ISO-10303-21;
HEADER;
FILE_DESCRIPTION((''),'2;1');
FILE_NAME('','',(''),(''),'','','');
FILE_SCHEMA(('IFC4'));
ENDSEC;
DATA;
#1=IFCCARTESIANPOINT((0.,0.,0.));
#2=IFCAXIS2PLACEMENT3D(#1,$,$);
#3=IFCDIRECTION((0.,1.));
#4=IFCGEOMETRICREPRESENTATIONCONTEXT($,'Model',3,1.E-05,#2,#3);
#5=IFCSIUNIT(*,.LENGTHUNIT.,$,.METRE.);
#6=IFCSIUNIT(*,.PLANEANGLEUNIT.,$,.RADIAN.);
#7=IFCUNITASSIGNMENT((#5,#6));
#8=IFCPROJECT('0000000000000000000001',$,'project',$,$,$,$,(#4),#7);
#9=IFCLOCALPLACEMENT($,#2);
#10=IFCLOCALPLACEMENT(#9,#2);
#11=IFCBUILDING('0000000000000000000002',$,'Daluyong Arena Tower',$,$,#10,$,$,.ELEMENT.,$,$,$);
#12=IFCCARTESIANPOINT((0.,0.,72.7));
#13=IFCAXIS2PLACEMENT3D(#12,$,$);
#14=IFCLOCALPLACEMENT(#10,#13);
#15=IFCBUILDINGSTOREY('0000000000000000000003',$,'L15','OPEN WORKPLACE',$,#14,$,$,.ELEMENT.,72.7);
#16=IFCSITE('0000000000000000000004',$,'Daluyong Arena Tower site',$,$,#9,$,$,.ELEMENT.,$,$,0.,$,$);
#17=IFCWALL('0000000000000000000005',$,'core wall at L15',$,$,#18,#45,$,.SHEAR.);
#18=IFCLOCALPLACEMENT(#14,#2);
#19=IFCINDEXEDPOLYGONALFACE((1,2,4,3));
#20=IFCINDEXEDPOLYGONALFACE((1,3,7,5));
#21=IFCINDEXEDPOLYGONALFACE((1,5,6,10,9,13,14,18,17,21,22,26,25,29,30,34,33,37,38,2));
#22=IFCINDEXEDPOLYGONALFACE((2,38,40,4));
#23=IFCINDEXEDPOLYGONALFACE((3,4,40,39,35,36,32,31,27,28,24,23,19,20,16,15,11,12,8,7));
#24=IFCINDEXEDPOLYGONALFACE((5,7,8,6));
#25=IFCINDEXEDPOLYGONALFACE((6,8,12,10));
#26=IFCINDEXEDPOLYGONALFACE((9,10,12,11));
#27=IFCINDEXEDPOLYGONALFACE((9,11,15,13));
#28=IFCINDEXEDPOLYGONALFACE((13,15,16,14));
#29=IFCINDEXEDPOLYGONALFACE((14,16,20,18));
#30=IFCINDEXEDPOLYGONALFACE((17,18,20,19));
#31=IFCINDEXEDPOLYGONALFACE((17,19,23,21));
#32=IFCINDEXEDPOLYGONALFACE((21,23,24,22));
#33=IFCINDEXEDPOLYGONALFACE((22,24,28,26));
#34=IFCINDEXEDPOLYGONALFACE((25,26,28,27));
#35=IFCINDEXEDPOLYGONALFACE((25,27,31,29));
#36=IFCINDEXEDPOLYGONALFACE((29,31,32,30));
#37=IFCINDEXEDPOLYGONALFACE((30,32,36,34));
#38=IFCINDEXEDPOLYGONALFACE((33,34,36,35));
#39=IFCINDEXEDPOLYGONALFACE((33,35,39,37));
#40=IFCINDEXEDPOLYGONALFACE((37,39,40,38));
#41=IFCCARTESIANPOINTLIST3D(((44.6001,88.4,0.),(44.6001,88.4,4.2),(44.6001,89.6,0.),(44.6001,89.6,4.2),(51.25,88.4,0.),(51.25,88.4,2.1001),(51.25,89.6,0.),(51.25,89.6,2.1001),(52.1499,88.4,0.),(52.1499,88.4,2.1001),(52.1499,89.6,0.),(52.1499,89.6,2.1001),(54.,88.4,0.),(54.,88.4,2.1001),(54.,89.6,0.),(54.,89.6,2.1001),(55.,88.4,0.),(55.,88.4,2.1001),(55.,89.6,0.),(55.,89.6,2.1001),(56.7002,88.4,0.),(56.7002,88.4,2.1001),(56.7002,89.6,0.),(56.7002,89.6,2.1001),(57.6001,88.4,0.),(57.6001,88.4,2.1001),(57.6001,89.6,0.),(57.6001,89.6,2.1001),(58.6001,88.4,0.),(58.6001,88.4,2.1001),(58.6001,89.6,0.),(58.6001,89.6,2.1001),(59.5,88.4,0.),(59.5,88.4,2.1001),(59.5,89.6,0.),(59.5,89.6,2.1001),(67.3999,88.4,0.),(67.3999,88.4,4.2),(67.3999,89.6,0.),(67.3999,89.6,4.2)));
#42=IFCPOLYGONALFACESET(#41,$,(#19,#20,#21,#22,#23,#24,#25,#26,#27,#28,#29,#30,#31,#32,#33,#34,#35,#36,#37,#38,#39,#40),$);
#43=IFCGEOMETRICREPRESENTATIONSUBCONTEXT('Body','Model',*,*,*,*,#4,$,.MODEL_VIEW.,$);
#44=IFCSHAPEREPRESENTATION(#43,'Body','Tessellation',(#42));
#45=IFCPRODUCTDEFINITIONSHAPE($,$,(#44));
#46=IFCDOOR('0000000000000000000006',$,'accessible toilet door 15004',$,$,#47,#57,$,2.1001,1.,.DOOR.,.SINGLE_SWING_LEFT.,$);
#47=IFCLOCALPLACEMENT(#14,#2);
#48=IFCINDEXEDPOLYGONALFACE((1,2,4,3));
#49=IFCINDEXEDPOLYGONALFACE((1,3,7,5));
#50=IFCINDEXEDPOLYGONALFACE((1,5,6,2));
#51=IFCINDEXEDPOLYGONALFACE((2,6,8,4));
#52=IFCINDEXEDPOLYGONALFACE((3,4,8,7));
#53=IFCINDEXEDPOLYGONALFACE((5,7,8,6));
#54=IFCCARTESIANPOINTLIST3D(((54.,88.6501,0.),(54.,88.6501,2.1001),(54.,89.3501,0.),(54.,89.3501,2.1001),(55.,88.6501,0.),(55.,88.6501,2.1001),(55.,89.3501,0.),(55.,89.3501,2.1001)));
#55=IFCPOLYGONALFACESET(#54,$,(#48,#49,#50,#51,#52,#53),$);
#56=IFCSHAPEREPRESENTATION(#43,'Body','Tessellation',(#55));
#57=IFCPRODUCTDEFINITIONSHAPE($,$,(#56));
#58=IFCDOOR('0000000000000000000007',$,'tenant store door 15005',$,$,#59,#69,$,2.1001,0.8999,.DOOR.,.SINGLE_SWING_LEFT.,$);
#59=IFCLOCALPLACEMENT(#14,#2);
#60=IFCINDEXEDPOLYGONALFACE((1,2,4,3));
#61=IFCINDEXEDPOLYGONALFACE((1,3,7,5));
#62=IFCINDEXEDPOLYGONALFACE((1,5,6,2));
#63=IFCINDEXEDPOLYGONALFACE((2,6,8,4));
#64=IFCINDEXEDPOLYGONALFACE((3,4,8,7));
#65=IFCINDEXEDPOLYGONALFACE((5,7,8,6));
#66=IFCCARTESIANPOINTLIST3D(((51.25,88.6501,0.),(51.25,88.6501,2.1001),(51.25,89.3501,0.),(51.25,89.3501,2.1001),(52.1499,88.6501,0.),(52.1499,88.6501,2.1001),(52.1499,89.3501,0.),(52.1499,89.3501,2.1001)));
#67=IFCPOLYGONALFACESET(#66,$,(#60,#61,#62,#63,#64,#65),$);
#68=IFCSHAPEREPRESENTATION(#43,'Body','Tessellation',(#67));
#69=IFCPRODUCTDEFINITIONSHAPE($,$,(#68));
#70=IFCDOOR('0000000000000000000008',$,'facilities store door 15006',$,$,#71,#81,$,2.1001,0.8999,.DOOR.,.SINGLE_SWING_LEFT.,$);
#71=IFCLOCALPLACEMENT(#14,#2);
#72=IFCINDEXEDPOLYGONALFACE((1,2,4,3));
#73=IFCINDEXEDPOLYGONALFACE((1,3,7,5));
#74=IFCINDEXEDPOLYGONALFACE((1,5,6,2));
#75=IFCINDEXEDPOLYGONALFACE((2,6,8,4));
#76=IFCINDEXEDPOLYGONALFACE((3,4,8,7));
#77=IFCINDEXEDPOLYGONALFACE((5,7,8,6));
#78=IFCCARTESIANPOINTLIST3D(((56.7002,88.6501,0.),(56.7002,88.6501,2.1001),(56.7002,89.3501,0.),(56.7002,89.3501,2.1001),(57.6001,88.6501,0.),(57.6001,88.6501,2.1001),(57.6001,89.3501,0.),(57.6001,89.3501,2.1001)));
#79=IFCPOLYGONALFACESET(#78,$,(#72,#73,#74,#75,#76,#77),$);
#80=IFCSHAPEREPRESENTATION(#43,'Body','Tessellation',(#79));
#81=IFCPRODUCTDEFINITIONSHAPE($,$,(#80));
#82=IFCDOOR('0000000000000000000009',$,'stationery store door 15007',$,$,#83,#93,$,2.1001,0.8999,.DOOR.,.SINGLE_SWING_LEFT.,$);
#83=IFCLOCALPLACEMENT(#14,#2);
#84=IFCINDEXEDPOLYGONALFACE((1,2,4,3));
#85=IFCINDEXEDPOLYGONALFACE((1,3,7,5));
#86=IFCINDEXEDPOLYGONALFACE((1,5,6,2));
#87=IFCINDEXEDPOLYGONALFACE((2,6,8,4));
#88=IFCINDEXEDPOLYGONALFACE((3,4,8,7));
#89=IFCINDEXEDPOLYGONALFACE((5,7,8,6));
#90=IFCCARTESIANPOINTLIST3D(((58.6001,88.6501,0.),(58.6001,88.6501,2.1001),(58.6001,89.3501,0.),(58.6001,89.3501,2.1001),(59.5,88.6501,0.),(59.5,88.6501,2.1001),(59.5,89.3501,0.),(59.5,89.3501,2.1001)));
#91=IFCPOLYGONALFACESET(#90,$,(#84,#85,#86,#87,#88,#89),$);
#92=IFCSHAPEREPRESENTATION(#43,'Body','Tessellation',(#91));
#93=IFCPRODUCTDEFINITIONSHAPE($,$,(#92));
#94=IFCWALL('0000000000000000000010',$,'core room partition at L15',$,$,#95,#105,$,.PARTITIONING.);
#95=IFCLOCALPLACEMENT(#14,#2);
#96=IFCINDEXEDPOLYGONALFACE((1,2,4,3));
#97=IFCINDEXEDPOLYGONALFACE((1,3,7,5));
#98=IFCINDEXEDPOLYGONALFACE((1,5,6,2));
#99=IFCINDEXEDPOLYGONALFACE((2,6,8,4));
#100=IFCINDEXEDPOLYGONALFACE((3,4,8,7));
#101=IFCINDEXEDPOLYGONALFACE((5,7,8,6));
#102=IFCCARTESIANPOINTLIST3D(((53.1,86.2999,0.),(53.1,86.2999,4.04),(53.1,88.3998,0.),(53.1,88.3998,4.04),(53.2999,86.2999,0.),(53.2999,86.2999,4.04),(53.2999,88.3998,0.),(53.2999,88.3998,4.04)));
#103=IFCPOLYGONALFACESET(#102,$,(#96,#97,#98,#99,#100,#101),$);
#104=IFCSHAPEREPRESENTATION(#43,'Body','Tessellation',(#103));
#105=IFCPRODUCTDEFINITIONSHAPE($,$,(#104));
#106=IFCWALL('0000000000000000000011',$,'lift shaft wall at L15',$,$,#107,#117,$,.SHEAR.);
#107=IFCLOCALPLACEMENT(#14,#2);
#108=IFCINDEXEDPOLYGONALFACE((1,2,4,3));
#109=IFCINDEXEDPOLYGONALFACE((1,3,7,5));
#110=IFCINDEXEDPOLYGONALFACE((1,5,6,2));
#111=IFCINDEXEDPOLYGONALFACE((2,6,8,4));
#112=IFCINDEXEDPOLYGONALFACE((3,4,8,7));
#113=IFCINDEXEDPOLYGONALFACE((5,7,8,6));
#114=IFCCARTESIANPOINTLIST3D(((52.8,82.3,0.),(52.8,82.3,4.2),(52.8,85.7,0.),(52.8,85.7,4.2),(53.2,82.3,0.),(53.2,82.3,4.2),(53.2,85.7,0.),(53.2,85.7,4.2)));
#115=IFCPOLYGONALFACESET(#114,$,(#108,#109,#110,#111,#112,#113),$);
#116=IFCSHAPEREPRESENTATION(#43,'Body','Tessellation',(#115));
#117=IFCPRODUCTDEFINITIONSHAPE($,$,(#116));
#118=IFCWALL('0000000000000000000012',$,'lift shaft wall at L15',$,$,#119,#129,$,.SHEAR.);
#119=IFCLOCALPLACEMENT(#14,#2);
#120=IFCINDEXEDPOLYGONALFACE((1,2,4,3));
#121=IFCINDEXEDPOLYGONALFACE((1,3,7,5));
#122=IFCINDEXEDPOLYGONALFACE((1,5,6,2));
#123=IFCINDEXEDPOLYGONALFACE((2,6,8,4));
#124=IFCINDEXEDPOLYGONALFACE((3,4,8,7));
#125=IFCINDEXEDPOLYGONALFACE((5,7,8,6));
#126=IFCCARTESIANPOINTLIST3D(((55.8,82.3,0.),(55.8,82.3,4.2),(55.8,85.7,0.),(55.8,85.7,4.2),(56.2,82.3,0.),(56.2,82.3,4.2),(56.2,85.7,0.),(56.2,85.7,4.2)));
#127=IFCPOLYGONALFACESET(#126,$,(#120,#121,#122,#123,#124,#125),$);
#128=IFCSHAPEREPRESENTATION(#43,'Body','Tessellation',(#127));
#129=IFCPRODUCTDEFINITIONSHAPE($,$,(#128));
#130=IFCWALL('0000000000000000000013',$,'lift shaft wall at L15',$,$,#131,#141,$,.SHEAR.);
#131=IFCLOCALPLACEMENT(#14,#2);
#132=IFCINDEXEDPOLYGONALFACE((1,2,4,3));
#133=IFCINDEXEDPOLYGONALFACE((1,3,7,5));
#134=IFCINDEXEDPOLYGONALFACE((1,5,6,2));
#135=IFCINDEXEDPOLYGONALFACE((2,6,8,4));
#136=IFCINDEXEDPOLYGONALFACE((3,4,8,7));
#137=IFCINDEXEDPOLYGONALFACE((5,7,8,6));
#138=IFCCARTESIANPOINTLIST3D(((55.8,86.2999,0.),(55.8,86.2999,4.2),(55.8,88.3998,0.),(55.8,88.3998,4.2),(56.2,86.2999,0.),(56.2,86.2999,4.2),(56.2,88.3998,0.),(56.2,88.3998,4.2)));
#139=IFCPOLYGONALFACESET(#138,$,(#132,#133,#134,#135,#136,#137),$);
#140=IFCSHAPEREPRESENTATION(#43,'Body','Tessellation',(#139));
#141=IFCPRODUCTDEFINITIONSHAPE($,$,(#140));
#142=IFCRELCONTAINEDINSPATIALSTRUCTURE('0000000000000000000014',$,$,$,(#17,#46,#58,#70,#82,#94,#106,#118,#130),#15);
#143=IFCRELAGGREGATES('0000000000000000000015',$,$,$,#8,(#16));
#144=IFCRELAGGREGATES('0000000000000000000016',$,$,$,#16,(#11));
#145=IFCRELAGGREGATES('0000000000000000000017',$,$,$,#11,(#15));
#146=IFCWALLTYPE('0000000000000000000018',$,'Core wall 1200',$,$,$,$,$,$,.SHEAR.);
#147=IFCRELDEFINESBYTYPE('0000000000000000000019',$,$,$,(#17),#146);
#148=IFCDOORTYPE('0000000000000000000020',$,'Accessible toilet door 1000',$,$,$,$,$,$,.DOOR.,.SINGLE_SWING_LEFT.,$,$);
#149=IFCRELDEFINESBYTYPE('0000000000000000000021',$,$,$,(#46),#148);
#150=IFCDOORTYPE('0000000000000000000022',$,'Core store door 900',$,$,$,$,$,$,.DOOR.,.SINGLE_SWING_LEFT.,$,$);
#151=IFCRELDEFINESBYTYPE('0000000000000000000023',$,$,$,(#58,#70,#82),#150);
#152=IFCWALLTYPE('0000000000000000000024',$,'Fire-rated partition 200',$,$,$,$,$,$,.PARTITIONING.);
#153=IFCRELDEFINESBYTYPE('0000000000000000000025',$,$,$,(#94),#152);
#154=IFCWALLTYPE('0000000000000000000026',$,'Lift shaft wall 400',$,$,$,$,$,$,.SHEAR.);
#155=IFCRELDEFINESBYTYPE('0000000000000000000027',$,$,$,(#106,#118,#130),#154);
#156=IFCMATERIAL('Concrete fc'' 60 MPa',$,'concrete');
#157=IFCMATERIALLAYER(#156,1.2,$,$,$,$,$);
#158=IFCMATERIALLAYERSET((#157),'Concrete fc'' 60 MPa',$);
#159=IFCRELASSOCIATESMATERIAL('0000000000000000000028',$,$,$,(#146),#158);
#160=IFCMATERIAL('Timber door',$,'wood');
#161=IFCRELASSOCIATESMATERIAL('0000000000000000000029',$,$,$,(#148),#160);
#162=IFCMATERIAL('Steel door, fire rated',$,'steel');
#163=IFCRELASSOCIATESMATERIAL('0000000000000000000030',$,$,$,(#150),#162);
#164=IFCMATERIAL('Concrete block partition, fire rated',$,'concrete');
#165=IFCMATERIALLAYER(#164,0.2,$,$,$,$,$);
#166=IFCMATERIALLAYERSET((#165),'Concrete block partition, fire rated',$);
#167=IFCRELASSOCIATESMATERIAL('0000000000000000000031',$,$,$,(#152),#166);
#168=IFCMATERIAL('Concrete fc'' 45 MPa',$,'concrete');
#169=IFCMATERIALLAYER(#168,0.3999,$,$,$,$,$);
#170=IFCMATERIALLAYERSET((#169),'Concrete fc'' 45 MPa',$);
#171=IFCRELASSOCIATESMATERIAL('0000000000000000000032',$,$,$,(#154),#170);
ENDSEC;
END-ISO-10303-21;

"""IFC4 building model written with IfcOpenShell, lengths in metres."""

from ifc_helpers import new_model, si_unit, direction, frame, frame_2d, origin, place, context, subcontext, project, spatial, rectangle, extrude, material, layer, layer_set, type_object, element, fill, save


model = new_model("IFC4")

# Units and contexts
model_context = context("Model", 3, precision=1e-05, world=origin(), true_north=direction((0.0, 1.0)))
body_context = subcontext(model_context, "Body", "Model", "MODEL_VIEW")
ifc_project = project(units=[si_unit("LENGTHUNIT", "METRE"), si_unit("PLANEANGLEUNIT", "RADIAN")], contexts=[model_context])

# Site, building, storey
site_placement = place(None, origin())
site = spatial("IfcSite", under=ifc_project, at=site_placement, Name="Daluyong Arena Tower site", CompositionType="ELEMENT", RefElevation=0.0)
building_placement = place(site_placement, origin())
building = spatial("IfcBuilding", under=site, at=building_placement, Name="Daluyong Arena Tower", CompositionType="ELEMENT")
storey_placement = place(building_placement, frame((0.0, 0.0, 72.7)))
storey = spatial("IfcBuildingStorey", under=building, at=storey_placement, Name="L15", Description="OPEN WORKPLACE", CompositionType="ELEMENT", Elevation=72.7)

# Wall, openings, doors
ifc_material_1 = material(Name="Concrete fc' 60 MPa", Category="concrete")
ifc_layer_1 = layer(ifc_material_1, 1.2)
ifc_layer_set_1 = layer_set([ifc_layer_1], Name="Concrete fc' 60 MPa")
wall_type_1 = type_object("IfcWallType", Name="Core wall 1200", PredefinedType="SHEAR", material=ifc_layer_set_1)
wall_1_placement = place(storey_placement, frame((44.6001, 89.0, 0.0), z_axis=(0.0, 0.0, 1.0), x_axis=(1.0, 0.0, 0.0)))
wall_1 = element("IfcWall", 1, at=wall_1_placement, inside=storey, type_object=wall_type_1, Name="core wall at L15", PredefinedType="SHEAR", context=body_context, shape_type="SweptSolid", body=[
    extrude(rectangle(XDim=22.7998, YDim=1.2, at=frame_2d((11.3999, 0.0))), origin(), (0.0, 0.0, 1.0), 4.2),
])
opening_1_placement = place(wall_1_placement, frame((9.3999, 0.0, 0.0)))
opening_1 = element("IfcOpeningElement", 2, at=opening_1_placement, cuts=wall_1, PredefinedType="OPENING", context=body_context, shape_type="SweptSolid", body=[
    extrude(rectangle(XDim=1.0, YDim=2.1001, at=frame_2d((0.5, 1.05))), frame((0.0, 0.6099, 0.0), z_axis=(0.0, -1.0, 0.0), x_axis=(1.0, 0.0, 0.0)), (0.0, 0.0, 1.0), 1.22),
])
opening_2_placement = place(wall_1_placement, frame((6.6499, 0.0, 0.0)))
opening_2 = element("IfcOpeningElement", 3, at=opening_2_placement, cuts=wall_1, PredefinedType="OPENING", context=body_context, shape_type="SweptSolid", body=[
    extrude(rectangle(XDim=0.8999, YDim=2.1001, at=frame_2d((0.45, 1.05))), frame((0.0, 0.6099, 0.0), z_axis=(0.0, -1.0, 0.0), x_axis=(1.0, 0.0, 0.0)), (0.0, 0.0, 1.0), 1.22),
])
opening_3_placement = place(wall_1_placement, frame((12.1001, 0.0, 0.0)))
opening_3 = element("IfcOpeningElement", 4, at=opening_3_placement, cuts=wall_1, PredefinedType="OPENING", context=body_context, shape_type="SweptSolid", body=[
    extrude(rectangle(XDim=0.8999, YDim=2.1001, at=frame_2d((0.45, 1.05))), frame((0.0, 0.6099, 0.0), z_axis=(0.0, -1.0, 0.0), x_axis=(1.0, 0.0, 0.0)), (0.0, 0.0, 1.0), 1.22),
])
opening_4_placement = place(wall_1_placement, frame((14.0, 0.0, 0.0)))
opening_4 = element("IfcOpeningElement", 5, at=opening_4_placement, cuts=wall_1, PredefinedType="OPENING", context=body_context, shape_type="SweptSolid", body=[
    extrude(rectangle(XDim=0.8999, YDim=2.1001, at=frame_2d((0.45, 1.05))), frame((0.0, 0.6099, 0.0), z_axis=(0.0, -1.0, 0.0), x_axis=(1.0, 0.0, 0.0)), (0.0, 0.0, 1.0), 1.22),
])
ifc_material_2 = material(Name="Timber door", Category="wood")
door_type_1 = type_object("IfcDoorType", Name="Accessible toilet door 1000", OperationType="SINGLE_SWING_LEFT", PredefinedType="DOOR", material=ifc_material_2)
door_1_placement = place(opening_1_placement, origin())
door_1 = element("IfcDoor", 6, at=door_1_placement, inside=storey, type_object=door_type_1, Name="accessible toilet door 15004", OperationType="SINGLE_SWING_LEFT", OverallHeight=2.1001, OverallWidth=1.0, PredefinedType="DOOR", context=body_context, shape_type="SweptSolid", body=[
    extrude(rectangle(XDim=1.0, YDim=2.1001, at=frame_2d((0.5, 1.05))), frame((0.0, 0.3501, 0.0), z_axis=(0.0, -1.0, 0.0), x_axis=(1.0, 0.0, 0.0)), (0.0, 0.0, 1.0), 0.7),
])
fill(opening_1, door_1)
ifc_material_3 = material(Name="Steel door, fire rated", Category="steel")
door_type_2 = type_object("IfcDoorType", Name="Core store door 900", OperationType="SINGLE_SWING_LEFT", PredefinedType="DOOR", material=ifc_material_3)
door_2_placement = place(opening_2_placement, origin())
door_2 = element("IfcDoor", 7, at=door_2_placement, inside=storey, type_object=door_type_2, Name="tenant store door 15005", OperationType="SINGLE_SWING_LEFT", OverallHeight=2.1001, OverallWidth=0.8999, PredefinedType="DOOR", context=body_context, shape_type="SweptSolid", body=[
    extrude(rectangle(XDim=0.8999, YDim=2.1001, at=frame_2d((0.45, 1.05))), frame((0.0, 0.3501, 0.0), z_axis=(0.0, -1.0, 0.0), x_axis=(1.0, 0.0, 0.0)), (0.0, 0.0, 1.0), 0.7),
])
fill(opening_2, door_2)
door_3_placement = place(opening_3_placement, origin())
door_3 = element("IfcDoor", 8, at=door_3_placement, inside=storey, type_object=door_type_2, Name="facilities store door 15006", OperationType="SINGLE_SWING_LEFT", OverallHeight=2.1001, OverallWidth=0.8999, PredefinedType="DOOR", context=body_context, shape_type="SweptSolid", body=[
    extrude(rectangle(XDim=0.8999, YDim=2.1001, at=frame_2d((0.45, 1.05))), frame((0.0, 0.3501, 0.0), z_axis=(0.0, -1.0, 0.0), x_axis=(1.0, 0.0, 0.0)), (0.0, 0.0, 1.0), 0.7),
])
fill(opening_3, door_3)
door_4_placement = place(opening_4_placement, origin())
door_4 = element("IfcDoor", 9, at=door_4_placement, inside=storey, type_object=door_type_2, Name="stationery store door 15007", OperationType="SINGLE_SWING_LEFT", OverallHeight=2.1001, OverallWidth=0.8999, PredefinedType="DOOR", context=body_context, shape_type="SweptSolid", body=[
    extrude(rectangle(XDim=0.8999, YDim=2.1001, at=frame_2d((0.45, 1.05))), frame((0.0, 0.3501, 0.0), z_axis=(0.0, -1.0, 0.0), x_axis=(1.0, 0.0, 0.0)), (0.0, 0.0, 1.0), 0.7),
])
fill(opening_4, door_4)

# Walls
ifc_material_4 = material(Name="Concrete block partition, fire rated", Category="concrete")
ifc_layer_2 = layer(ifc_material_4, 0.2)
ifc_layer_set_2 = layer_set([ifc_layer_2], Name="Concrete block partition, fire rated")
wall_type_2 = type_object("IfcWallType", Name="Fire-rated partition 200", PredefinedType="PARTITIONING", material=ifc_layer_set_2)
wall_2_placement = place(storey_placement, frame((53.2, 86.3, 0.0), z_axis=(0.0, 0.0, 1.0), x_axis=(0.0, 1.0, 0.0)))
element("IfcWall", 10, at=wall_2_placement, inside=storey, type_object=wall_type_2, Name="core room partition at L15", PredefinedType="PARTITIONING", context=body_context, shape_type="SweptSolid", body=[
    extrude(rectangle(XDim=2.0999, YDim=0.2, at=frame_2d((1.0498, 0.0))), origin(), (0.0, 0.0, 1.0), 4.04),
])
ifc_material_5 = material(Name="Concrete fc' 45 MPa", Category="concrete")
ifc_layer_3 = layer(ifc_material_5, 0.3999)
ifc_layer_set_3 = layer_set([ifc_layer_3], Name="Concrete fc' 45 MPa")
wall_type_3 = type_object("IfcWallType", Name="Lift shaft wall 400", PredefinedType="SHEAR", material=ifc_layer_set_3)
for number, where, z_axis, x_axis, name in (
    (11, (53.0, 82.3, 0.0), (0.0, 0.0, 1.0), (0.0, 1.0, 0.0), "lift shaft wall at L15"),
    (12, (56.0, 82.3, 0.0), (0.0, 0.0, 1.0), (0.0, 1.0, 0.0), "lift shaft wall at L15"),
):
    element("IfcWall", number, at=place(storey_placement, frame(where, z_axis=z_axis, x_axis=x_axis)), inside=storey, type_object=wall_type_3, Name=name, PredefinedType="SHEAR", context=body_context, shape_type="SweptSolid", body=[
        extrude(rectangle(XDim=3.3999, YDim=0.3999, at=frame_2d((1.7, 0.0))), origin(), (0.0, 0.0, 1.0), 4.2),
    ])
wall_3_placement = place(storey_placement, frame((56.0, 86.3, 0.0), z_axis=(0.0, 0.0, 1.0), x_axis=(0.0, 1.0, 0.0)))
element("IfcWall", 13, at=wall_3_placement, inside=storey, type_object=wall_type_3, Name="lift shaft wall at L15", PredefinedType="SHEAR", context=body_context, shape_type="SweptSolid", body=[
    extrude(rectangle(XDim=2.0999, YDim=0.3999, at=frame_2d((1.0498, 0.0))), origin(), (0.0, 0.0, 1.0), 4.2),
])

save(model, "model.ifc")
